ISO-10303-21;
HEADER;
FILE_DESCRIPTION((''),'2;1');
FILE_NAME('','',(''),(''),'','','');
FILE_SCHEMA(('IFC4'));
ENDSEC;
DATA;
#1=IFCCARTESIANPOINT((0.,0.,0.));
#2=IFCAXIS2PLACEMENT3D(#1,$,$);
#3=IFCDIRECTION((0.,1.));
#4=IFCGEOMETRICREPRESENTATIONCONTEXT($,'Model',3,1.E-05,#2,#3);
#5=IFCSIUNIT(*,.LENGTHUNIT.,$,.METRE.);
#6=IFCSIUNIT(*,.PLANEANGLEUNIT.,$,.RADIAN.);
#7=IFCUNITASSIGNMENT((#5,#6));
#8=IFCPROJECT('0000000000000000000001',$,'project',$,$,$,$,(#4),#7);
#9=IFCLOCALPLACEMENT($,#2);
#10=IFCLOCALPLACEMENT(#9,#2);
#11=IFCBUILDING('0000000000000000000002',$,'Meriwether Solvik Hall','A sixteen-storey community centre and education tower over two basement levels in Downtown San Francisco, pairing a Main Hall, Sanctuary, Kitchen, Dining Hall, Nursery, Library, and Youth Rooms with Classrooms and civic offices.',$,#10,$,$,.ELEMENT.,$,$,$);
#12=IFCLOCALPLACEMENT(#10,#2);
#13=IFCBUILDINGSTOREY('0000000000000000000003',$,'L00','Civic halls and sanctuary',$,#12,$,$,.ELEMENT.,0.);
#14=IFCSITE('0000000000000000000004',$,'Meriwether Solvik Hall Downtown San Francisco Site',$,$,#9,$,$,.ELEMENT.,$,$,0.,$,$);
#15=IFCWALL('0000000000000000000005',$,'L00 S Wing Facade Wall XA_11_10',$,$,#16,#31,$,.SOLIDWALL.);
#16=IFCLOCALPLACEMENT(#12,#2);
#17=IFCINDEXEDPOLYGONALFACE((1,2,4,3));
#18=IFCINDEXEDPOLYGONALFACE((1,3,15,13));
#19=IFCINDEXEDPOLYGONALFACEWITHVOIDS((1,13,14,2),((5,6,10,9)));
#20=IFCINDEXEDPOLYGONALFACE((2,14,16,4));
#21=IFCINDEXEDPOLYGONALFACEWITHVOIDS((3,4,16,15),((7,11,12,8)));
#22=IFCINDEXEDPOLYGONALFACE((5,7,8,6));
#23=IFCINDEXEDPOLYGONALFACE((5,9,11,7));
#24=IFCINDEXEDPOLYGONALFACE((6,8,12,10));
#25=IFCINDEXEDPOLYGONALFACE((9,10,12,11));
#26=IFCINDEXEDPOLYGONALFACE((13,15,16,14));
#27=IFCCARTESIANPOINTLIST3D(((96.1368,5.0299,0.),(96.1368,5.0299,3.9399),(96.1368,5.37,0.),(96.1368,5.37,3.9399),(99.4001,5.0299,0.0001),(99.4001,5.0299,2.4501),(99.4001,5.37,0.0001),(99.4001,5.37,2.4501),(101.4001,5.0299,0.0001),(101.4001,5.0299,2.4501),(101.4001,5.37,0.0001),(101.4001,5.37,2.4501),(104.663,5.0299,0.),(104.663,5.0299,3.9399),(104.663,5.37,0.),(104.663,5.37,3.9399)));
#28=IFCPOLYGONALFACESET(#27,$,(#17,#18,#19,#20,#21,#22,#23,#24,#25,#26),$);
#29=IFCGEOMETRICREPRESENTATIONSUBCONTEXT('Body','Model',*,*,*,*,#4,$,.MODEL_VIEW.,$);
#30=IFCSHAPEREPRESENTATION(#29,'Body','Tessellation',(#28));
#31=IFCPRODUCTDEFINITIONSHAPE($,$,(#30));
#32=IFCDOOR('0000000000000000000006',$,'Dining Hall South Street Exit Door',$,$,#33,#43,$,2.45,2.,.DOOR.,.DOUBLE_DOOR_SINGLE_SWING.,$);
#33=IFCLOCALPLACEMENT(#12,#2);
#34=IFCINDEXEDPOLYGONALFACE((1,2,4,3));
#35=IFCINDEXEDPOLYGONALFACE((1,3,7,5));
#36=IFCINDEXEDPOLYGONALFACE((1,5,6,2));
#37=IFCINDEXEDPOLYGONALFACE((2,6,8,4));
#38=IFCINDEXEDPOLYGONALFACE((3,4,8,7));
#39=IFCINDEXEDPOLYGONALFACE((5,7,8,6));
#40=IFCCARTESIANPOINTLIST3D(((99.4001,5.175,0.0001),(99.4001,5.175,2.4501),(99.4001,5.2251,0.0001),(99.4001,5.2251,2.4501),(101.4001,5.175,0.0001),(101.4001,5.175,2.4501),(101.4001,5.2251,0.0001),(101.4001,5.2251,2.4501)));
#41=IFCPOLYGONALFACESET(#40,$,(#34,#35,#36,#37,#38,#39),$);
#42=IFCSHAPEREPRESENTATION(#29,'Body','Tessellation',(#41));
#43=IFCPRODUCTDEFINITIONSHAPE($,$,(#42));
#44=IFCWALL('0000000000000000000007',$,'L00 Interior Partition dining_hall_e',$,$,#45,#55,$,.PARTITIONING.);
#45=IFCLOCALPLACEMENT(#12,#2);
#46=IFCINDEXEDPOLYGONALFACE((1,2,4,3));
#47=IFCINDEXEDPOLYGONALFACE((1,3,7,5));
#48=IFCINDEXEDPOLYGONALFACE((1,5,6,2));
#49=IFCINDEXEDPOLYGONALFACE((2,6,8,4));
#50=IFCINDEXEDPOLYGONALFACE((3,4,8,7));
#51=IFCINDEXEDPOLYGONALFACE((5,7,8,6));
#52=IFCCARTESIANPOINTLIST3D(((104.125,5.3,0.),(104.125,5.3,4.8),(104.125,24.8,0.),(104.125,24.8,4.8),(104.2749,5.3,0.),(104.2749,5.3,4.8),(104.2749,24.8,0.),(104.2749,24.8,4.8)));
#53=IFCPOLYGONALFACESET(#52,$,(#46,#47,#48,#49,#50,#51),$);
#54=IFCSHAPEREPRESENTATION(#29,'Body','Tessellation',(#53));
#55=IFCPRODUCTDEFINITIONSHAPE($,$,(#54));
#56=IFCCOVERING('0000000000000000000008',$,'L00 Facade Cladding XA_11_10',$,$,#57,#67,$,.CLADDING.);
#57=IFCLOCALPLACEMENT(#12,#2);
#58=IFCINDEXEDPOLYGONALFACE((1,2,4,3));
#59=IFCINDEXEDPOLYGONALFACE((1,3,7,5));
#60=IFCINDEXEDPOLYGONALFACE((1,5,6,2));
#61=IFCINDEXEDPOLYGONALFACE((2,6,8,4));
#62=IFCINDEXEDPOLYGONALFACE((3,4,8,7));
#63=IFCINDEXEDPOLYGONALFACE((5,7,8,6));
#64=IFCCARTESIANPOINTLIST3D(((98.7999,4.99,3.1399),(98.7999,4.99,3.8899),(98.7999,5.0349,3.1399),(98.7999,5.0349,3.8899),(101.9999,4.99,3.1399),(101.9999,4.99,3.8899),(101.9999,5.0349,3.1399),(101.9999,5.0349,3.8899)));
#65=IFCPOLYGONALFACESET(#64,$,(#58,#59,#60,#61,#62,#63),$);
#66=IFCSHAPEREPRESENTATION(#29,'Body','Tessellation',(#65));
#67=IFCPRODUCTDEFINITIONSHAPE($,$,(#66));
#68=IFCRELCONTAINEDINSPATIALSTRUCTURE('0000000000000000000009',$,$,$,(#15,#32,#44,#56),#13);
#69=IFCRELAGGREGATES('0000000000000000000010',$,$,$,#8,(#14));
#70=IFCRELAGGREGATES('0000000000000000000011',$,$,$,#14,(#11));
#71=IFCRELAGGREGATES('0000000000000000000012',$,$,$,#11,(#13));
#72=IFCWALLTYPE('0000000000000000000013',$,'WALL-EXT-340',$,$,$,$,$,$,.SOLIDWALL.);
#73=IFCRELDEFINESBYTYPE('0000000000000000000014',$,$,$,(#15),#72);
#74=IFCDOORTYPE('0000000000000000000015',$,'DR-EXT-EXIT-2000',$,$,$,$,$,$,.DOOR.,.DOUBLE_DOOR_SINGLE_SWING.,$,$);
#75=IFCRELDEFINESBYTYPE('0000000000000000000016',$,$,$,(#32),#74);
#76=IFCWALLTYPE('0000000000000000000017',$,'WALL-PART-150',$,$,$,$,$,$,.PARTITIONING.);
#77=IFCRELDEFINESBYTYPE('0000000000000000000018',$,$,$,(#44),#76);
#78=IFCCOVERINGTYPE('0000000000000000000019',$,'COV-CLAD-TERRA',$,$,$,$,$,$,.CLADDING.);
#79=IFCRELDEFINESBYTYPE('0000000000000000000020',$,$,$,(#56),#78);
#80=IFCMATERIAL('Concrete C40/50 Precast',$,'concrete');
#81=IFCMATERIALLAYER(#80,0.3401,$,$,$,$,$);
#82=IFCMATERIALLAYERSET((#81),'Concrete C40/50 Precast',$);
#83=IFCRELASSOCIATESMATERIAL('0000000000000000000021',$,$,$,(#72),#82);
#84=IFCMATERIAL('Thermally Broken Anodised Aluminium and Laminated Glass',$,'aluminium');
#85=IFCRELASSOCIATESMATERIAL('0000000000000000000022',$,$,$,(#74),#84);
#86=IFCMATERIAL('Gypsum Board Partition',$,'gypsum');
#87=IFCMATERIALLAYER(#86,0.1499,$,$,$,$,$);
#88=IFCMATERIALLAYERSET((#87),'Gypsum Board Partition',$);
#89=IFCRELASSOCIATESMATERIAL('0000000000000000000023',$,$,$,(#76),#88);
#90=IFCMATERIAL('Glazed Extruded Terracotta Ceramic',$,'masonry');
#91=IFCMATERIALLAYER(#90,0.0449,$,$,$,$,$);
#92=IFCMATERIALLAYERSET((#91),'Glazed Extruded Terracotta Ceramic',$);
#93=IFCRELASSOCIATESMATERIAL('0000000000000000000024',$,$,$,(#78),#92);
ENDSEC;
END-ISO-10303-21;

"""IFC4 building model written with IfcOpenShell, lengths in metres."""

from ifc_helpers import new_model, si_unit, direction, frame, frame_2d, origin, origin_2d, place, context, subcontext, project, spatial, rectangle, extrude, material, layer, layer_set, type_object, element, fill, save


model = new_model("IFC4")

# Units and contexts
model_context = context("Model", 3, precision=1e-05, world=origin(), true_north=direction((0.0, 1.0)))
body_context = subcontext(model_context, "Body", "Model", "MODEL_VIEW")
ifc_project = project(units=[si_unit("LENGTHUNIT", "METRE"), si_unit("PLANEANGLEUNIT", "RADIAN")], contexts=[model_context])

# Site, building, storey
site_placement = place(None, origin())
site = spatial("IfcSite", under=ifc_project, at=site_placement, Name="Meriwether Solvik Hall Downtown San Francisco Site", CompositionType="ELEMENT", RefElevation=0.0)
building_placement = place(site_placement, origin())
building = spatial("IfcBuilding", under=site, at=building_placement, Name="Meriwether Solvik Hall", Description="A sixteen-storey community centre and education tower over two basement levels in Downtown San Francisco, pairing a Main Hall, Sanctuary, Kitchen, Dining Hall, Nursery, Library, and Youth Rooms with Classrooms and civic offices.", CompositionType="ELEMENT")
storey_placement = place(building_placement, origin())
storey = spatial("IfcBuildingStorey", under=building, at=storey_placement, Name="L00", Description="Civic halls and sanctuary", CompositionType="ELEMENT", Elevation=0.0)

# Wall, opening, door
ifc_material_1 = material(Name="Concrete C40/50 Precast", Category="concrete")
ifc_layer_1 = layer(ifc_material_1, 0.3401)
ifc_layer_set_1 = layer_set([ifc_layer_1], Name="Concrete C40/50 Precast")
wall_type_1 = type_object("IfcWallType", Name="WALL-EXT-340", PredefinedType="SOLIDWALL", material=ifc_layer_set_1)
wall_1_placement = place(storey_placement, frame((104.6631, 5.2, 0.0), z_axis=(0.0, 0.0, 1.0), x_axis=(-1.0, 0.0, 0.0)))
wall_1 = element("IfcWall", 1, at=wall_1_placement, inside=storey, type_object=wall_type_1, Name="L00 S Wing Facade Wall XA_11_10", PredefinedType="SOLIDWALL", context=body_context, shape_type="SweptSolid", body=[
    extrude(rectangle(XDim=8.5261, YDim=0.3401, at=frame_2d((4.2632, 0.0))), origin(), (0.0, 0.0, 1.0), 3.9399),
])
opening_placement = place(wall_1_placement, frame((3.2629, 0.0, 0.0)))
opening = element("IfcOpeningElement", 2, at=opening_placement, cuts=wall_1, PredefinedType="OPENING", context=body_context, shape_type="SweptSolid", body=[
    extrude(rectangle(XDim=2.0, YDim=2.45, at=frame_2d((1.0, 1.2251))), frame((0.0, 0.1821, 0.0), z_axis=(0.0, -1.0, 0.0), x_axis=(1.0, 0.0, 0.0)), (0.0, 0.0, 1.0), 0.364),
])
ifc_material_2 = material(Name="Thermally Broken Anodised Aluminium and Laminated Glass", Category="aluminium")
door_type = type_object("IfcDoorType", Name="DR-EXT-EXIT-2000", OperationType="DOUBLE_DOOR_SINGLE_SWING", PredefinedType="DOOR", material=ifc_material_2)
door_placement = place(opening_placement, origin())
door = element("IfcDoor", 3, at=door_placement, inside=storey, type_object=door_type, Name="Dining Hall South Street Exit Door", OperationType="DOUBLE_DOOR_SINGLE_SWING", OverallHeight=2.45, OverallWidth=2.0, PredefinedType="DOOR", context=body_context, shape_type="SweptSolid", body=[
    extrude(rectangle(XDim=2.0, YDim=2.45, at=frame_2d((1.0, 1.2251))), frame((0.0, 0.0249, 0.0), z_axis=(0.0, -1.0, 0.0), x_axis=(1.0, 0.0, 0.0)), (0.0, 0.0, 1.0), 0.05),
])
fill(opening, door)

# Wall
ifc_material_3 = material(Name="Gypsum Board Partition", Category="gypsum")
ifc_layer_2 = layer(ifc_material_3, 0.1499)
ifc_layer_set_2 = layer_set([ifc_layer_2], Name="Gypsum Board Partition")
wall_type_2 = type_object("IfcWallType", Name="WALL-PART-150", PredefinedType="PARTITIONING", material=ifc_layer_set_2)
wall_2_placement = place(storey_placement, frame((104.2, 5.3, 0.0), z_axis=(0.0, 0.0, 1.0), x_axis=(0.0, 1.0, 0.0)))
element("IfcWall", 4, at=wall_2_placement, inside=storey, type_object=wall_type_2, Name="L00 Interior Partition dining_hall_e", PredefinedType="PARTITIONING", context=body_context, shape_type="SweptSolid", body=[
    extrude(rectangle(XDim=19.5, YDim=0.1499, at=frame_2d((9.75, 0.0))), origin(), (0.0, 0.0, 1.0), 4.8),
])

# Covering
ifc_material_4 = material(Name="Glazed Extruded Terracotta Ceramic", Category="masonry")
ifc_layer_3 = layer(ifc_material_4, 0.0449)
ifc_layer_set_3 = layer_set([ifc_layer_3], Name="Glazed Extruded Terracotta Ceramic")
covering_type = type_object("IfcCoveringType", Name="COV-CLAD-TERRA", PredefinedType="CLADDING", material=ifc_layer_set_3)
covering_placement = place(storey_placement, frame((100.3999, 5.0125, 3.1399), z_axis=(0.0, 0.0, 1.0), x_axis=(-1.0, 0.0, 0.0)))
element("IfcCovering", 5, at=covering_placement, inside=storey, type_object=covering_type, Name="L00 Facade Cladding XA_11_10", PredefinedType="CLADDING", context=body_context, shape_type="SweptSolid", body=[
    extrude(rectangle(XDim=3.2, YDim=0.0449, at=origin_2d()), origin(), (0.0, 0.0, 1.0), 0.75),
])

save(model, "model.ifc")
